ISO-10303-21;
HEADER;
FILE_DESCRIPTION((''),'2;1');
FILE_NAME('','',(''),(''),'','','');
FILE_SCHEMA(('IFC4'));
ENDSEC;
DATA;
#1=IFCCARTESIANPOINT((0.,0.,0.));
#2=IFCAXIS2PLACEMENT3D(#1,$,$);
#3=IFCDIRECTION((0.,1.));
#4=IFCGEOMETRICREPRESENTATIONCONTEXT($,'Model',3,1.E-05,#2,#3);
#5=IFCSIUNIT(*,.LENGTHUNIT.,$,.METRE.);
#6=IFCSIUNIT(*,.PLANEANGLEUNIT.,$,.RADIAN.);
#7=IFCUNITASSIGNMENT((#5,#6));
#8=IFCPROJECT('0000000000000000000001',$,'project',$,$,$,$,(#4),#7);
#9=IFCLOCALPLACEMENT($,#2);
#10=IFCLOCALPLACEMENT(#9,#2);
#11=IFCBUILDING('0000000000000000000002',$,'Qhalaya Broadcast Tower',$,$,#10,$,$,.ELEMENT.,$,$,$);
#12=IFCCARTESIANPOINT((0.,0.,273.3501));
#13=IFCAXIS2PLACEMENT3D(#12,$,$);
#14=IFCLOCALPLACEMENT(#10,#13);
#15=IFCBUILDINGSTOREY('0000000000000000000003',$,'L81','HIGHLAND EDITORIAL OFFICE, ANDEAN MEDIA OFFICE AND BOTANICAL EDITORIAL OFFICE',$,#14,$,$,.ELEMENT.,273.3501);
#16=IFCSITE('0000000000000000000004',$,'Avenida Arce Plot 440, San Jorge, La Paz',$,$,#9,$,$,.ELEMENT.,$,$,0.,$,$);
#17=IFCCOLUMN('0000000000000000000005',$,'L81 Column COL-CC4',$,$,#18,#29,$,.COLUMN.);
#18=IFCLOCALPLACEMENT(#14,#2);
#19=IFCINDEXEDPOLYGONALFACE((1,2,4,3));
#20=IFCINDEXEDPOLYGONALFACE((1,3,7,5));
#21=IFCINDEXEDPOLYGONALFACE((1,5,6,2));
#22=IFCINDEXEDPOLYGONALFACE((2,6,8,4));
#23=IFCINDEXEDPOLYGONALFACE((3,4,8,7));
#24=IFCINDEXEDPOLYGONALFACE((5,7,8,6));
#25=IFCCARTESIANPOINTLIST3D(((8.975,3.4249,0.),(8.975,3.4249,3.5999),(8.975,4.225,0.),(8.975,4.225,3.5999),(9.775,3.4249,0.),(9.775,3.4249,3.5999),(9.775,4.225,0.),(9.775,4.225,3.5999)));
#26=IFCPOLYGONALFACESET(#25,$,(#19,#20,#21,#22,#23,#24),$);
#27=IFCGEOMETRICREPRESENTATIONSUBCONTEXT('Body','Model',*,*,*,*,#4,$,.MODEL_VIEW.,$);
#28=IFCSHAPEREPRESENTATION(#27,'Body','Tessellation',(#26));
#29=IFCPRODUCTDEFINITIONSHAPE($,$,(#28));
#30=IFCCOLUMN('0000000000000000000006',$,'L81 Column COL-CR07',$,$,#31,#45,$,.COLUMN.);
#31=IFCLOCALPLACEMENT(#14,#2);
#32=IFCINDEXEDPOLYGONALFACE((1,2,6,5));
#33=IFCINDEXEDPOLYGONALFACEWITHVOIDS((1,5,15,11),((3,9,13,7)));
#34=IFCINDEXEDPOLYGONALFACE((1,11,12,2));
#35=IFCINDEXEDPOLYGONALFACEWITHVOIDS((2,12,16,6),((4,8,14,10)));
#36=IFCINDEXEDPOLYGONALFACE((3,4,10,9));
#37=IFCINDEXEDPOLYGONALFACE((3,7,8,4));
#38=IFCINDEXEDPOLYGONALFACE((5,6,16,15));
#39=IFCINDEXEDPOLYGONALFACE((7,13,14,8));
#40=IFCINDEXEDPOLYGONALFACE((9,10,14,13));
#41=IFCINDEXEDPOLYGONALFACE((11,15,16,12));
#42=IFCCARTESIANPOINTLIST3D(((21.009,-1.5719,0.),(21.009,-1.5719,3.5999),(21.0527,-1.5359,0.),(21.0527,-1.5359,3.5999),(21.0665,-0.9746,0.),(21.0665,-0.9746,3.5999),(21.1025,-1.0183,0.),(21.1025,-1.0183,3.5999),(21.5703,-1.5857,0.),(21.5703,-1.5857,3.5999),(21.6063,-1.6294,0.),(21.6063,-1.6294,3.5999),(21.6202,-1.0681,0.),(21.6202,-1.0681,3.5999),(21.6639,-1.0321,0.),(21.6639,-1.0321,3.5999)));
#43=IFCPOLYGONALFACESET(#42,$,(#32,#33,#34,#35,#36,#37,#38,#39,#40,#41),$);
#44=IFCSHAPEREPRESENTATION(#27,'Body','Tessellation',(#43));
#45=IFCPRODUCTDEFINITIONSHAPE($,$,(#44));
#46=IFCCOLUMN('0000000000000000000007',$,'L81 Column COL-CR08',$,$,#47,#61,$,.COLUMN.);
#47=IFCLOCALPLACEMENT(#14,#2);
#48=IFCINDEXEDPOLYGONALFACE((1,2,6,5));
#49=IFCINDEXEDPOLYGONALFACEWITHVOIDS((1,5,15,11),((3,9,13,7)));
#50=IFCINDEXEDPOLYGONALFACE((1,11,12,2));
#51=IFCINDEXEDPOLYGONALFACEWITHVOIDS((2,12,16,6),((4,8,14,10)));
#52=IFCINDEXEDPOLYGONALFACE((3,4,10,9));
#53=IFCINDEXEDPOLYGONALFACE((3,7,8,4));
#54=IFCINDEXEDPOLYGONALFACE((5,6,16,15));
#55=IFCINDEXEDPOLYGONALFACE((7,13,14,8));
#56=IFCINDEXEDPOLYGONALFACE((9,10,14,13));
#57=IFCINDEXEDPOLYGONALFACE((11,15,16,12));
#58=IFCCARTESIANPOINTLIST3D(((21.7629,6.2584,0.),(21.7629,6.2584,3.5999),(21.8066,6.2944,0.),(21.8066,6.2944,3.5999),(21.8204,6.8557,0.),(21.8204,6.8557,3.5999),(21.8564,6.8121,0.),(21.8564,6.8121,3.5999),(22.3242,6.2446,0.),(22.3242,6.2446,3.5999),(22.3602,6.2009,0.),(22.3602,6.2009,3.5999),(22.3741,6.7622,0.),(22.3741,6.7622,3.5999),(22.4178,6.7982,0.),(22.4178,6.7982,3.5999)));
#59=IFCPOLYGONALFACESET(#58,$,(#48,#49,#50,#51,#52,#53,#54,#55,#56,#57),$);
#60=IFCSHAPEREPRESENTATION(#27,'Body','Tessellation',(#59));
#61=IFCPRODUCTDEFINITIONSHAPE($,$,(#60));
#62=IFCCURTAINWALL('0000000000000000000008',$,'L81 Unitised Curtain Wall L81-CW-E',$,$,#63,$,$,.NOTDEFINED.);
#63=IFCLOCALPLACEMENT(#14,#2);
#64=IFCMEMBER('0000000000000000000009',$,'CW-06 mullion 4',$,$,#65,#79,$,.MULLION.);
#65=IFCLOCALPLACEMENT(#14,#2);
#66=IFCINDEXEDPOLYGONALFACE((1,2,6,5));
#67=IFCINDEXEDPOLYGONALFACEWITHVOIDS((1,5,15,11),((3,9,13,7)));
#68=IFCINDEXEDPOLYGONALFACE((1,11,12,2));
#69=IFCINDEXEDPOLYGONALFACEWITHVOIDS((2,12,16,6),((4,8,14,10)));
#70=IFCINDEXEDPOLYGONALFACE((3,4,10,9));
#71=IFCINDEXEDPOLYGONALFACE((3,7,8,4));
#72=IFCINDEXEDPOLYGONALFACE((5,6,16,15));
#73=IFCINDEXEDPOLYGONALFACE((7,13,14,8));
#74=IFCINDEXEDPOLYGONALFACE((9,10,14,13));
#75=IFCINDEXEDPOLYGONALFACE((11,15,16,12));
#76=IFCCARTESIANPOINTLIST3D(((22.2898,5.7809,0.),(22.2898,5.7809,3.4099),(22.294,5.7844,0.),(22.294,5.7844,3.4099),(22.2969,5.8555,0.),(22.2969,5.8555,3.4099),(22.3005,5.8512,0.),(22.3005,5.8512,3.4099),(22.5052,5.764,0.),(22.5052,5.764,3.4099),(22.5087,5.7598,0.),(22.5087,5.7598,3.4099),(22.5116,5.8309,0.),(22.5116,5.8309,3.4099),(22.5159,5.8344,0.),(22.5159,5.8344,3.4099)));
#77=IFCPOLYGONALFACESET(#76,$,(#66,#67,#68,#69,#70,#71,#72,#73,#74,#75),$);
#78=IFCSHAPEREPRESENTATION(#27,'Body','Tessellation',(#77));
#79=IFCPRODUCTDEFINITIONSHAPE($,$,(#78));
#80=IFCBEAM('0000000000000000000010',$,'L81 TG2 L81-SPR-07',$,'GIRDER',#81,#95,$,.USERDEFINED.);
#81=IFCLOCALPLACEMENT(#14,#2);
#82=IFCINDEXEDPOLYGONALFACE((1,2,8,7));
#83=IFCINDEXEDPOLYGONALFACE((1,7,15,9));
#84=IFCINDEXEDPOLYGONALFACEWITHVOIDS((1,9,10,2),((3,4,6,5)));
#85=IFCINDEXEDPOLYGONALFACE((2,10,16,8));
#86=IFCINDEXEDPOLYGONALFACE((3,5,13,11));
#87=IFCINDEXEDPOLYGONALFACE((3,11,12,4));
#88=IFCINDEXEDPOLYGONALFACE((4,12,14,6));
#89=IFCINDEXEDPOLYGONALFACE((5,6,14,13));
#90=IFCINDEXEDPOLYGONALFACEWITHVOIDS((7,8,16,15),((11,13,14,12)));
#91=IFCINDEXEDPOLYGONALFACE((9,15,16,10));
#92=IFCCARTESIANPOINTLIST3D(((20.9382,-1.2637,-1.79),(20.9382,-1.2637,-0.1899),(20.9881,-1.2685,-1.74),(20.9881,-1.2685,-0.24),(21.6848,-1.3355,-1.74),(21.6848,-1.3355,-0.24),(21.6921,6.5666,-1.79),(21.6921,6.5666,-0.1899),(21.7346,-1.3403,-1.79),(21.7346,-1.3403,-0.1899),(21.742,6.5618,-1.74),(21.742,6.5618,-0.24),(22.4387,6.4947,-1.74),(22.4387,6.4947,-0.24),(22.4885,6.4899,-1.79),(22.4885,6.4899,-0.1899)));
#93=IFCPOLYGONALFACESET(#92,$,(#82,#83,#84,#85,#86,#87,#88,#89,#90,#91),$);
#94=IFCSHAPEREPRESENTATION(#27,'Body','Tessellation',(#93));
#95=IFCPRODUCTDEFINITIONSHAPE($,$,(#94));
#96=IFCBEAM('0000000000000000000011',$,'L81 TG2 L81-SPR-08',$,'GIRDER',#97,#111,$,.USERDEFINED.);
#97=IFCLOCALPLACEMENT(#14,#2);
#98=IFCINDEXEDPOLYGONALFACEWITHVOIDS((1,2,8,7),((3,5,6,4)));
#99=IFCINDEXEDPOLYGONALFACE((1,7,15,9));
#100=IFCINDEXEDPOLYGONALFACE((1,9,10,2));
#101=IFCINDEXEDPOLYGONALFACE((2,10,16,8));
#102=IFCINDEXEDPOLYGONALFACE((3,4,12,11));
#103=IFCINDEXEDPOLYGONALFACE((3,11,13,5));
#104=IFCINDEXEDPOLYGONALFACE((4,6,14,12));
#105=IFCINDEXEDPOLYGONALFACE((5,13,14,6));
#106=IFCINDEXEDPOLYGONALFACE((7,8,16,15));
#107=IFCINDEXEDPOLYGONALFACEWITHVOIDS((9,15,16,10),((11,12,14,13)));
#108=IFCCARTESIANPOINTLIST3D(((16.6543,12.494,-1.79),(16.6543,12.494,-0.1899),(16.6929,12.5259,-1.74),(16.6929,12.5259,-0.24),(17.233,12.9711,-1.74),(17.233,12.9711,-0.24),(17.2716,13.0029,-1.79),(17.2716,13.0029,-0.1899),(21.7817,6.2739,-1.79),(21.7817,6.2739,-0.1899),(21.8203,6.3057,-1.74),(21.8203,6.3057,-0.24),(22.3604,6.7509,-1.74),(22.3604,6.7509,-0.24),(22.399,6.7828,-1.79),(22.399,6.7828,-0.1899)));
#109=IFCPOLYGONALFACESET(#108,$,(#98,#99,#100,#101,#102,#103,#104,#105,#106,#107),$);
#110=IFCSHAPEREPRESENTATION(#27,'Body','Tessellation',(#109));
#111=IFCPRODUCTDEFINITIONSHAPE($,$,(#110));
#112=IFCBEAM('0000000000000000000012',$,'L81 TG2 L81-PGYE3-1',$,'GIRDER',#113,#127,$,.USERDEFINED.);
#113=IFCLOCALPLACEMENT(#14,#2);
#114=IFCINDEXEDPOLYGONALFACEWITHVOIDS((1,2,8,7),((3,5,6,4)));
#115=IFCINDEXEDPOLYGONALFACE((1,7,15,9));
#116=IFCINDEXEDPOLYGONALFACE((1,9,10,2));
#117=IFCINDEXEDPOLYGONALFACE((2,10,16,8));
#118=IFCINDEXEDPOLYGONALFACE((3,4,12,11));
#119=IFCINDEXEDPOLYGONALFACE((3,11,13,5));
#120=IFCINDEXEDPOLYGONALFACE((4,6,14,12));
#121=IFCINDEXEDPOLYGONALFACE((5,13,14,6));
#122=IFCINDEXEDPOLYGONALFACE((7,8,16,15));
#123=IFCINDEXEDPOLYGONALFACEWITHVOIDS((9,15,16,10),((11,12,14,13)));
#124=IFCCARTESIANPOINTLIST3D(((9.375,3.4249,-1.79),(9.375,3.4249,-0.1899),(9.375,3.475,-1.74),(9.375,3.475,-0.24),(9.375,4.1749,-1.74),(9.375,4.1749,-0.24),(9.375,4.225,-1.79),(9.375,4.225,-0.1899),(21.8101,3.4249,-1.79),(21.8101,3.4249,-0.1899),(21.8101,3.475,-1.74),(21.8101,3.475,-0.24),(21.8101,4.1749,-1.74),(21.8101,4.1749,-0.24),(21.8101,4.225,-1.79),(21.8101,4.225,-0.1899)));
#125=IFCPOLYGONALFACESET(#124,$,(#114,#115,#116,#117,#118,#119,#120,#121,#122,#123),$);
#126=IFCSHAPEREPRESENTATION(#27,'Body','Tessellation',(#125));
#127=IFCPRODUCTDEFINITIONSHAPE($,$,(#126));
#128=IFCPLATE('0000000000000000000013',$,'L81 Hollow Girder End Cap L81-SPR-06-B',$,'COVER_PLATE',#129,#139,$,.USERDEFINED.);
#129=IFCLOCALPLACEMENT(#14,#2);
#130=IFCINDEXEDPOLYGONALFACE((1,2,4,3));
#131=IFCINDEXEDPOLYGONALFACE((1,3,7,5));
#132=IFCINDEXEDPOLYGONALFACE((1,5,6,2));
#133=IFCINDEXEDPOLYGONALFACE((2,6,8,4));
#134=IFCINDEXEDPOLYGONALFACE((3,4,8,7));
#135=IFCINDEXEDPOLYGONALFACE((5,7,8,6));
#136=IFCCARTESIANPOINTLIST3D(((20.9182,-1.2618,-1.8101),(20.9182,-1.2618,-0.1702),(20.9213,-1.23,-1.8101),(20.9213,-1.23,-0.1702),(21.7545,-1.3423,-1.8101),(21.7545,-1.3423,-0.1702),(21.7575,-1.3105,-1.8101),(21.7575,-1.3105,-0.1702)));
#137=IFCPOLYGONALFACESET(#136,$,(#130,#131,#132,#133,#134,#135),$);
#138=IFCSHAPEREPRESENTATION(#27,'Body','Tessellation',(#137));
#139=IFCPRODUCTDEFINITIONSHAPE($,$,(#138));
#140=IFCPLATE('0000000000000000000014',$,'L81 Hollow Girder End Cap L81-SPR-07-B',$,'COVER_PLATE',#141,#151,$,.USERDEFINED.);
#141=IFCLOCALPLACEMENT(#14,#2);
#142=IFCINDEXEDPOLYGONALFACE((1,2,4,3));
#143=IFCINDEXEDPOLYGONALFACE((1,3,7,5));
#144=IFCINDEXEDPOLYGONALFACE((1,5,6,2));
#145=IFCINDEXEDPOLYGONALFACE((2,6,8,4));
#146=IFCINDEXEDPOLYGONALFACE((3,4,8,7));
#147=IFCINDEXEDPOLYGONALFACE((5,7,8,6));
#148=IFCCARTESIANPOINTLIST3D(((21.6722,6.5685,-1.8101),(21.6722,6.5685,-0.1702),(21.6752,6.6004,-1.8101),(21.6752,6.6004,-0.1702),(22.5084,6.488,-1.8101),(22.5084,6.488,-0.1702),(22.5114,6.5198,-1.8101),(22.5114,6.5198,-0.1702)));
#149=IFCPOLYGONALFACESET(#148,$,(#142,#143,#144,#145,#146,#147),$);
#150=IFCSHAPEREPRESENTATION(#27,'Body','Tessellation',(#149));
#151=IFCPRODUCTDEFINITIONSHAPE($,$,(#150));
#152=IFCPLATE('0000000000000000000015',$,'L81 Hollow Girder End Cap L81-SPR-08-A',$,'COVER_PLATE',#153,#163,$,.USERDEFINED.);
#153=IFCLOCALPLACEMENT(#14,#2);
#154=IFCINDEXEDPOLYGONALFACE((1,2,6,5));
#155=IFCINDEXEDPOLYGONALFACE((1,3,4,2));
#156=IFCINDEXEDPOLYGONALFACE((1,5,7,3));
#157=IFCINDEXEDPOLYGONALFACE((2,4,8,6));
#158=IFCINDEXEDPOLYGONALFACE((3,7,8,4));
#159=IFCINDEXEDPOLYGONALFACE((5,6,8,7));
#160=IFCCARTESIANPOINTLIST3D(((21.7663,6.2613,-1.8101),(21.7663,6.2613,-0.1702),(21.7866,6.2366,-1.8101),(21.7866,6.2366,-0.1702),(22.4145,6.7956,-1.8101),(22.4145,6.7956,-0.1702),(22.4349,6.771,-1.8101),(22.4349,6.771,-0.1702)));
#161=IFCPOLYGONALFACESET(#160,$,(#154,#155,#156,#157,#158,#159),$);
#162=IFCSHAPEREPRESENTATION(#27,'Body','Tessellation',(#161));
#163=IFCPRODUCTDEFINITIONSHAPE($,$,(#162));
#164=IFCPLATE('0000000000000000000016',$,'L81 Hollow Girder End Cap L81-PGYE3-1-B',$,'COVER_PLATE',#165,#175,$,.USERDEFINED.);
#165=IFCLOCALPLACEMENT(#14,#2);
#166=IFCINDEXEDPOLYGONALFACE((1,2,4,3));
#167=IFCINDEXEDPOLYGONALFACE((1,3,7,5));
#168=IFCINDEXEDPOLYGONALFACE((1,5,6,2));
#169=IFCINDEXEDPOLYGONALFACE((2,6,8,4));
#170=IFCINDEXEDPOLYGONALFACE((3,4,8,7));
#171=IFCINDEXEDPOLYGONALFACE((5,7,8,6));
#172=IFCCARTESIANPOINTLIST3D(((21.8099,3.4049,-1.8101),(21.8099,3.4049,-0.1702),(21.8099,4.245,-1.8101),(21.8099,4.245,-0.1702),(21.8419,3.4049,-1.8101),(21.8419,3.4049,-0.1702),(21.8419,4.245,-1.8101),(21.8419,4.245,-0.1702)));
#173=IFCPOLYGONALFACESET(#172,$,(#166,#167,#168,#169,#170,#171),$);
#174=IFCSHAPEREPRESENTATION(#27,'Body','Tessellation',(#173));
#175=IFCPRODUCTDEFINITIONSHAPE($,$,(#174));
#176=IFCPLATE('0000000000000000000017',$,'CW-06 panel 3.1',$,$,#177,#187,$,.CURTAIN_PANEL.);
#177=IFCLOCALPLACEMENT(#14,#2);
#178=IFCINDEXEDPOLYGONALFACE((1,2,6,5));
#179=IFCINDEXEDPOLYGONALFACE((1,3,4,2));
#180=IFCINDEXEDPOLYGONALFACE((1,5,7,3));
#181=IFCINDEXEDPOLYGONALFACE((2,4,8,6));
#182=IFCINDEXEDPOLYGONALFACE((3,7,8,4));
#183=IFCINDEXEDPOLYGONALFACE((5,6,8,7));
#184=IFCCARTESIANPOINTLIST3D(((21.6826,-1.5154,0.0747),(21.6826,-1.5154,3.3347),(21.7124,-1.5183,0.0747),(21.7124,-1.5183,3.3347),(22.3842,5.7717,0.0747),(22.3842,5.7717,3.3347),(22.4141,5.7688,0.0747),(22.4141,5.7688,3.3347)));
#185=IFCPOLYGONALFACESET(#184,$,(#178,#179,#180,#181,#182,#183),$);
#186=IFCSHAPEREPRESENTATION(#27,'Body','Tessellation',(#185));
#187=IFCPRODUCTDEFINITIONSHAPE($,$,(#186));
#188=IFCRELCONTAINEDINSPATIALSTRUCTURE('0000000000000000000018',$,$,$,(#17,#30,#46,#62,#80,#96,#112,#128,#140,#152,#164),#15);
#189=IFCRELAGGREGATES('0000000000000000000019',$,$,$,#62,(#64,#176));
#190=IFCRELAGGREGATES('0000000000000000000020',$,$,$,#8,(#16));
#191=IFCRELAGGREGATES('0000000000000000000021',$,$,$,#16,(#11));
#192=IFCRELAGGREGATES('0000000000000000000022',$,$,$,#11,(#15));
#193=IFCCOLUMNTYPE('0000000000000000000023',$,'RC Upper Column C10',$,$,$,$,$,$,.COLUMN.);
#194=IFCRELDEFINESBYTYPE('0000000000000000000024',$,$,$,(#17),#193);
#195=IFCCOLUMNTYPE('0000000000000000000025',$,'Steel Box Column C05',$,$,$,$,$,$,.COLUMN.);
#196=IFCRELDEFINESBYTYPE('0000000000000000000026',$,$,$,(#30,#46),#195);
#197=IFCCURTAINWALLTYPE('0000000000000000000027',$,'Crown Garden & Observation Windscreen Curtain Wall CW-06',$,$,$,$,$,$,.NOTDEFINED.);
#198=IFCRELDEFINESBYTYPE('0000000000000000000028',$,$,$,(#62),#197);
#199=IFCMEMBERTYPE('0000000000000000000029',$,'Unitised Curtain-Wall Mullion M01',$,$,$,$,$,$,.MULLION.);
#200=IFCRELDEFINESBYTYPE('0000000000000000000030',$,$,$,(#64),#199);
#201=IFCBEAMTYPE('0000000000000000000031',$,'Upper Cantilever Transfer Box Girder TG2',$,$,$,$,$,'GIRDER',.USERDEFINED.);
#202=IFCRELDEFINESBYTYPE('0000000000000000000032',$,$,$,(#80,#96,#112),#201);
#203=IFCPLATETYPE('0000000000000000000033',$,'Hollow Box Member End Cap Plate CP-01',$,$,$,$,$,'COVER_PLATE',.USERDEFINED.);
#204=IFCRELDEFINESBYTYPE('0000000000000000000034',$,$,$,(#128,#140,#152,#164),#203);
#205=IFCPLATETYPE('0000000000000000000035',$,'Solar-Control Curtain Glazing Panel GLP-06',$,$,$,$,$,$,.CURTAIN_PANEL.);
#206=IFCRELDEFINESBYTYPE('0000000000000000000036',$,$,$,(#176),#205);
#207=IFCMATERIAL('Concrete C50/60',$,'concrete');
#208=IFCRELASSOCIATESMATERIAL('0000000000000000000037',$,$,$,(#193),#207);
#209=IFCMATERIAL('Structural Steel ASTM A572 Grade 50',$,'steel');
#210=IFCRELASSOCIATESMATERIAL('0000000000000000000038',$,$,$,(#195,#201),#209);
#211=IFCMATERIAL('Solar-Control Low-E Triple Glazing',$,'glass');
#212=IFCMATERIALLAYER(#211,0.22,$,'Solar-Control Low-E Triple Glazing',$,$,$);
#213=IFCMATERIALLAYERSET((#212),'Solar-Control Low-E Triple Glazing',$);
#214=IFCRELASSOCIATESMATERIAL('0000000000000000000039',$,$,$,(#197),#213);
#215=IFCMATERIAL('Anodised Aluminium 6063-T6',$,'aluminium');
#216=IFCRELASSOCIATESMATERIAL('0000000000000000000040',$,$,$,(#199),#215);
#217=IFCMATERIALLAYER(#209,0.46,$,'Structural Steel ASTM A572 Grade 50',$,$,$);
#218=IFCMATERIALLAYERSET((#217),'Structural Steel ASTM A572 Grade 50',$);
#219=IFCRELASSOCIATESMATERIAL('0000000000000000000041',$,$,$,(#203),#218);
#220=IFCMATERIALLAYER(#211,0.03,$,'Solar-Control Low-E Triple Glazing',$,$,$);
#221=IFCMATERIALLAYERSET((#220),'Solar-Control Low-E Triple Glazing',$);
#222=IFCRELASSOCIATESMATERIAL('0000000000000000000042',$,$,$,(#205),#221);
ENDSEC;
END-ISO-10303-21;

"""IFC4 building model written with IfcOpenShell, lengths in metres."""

from ifc_helpers import new_model, si_unit, direction, frame, origin, origin_2d, place, context, subcontext, project, spatial, rectangle, hollow_rectangle, extrude, material, layer, layer_set, material_profile, profile_set, type_object, element, aggregate, save


model = new_model("IFC4")

# Units and contexts
model_context = context("Model", 3, precision=1e-05, world=origin(), true_north=direction((0.0, 1.0)))
body_context = subcontext(model_context, "Body", "Model", "MODEL_VIEW")
ifc_project = project(units=[si_unit("LENGTHUNIT", "METRE"), si_unit("PLANEANGLEUNIT", "RADIAN")], contexts=[model_context])

# Site, building, storey
site_placement = place(None, origin())
site = spatial("IfcSite", under=ifc_project, at=site_placement, Name="Avenida Arce Plot 440, San Jorge, La Paz", CompositionType="ELEMENT", RefElevation=0.0)
building_placement = place(site_placement, origin())
building = spatial("IfcBuilding", under=site, at=building_placement, Name="Qhalaya Broadcast Tower", CompositionType="ELEMENT")
storey_placement = place(building_placement, frame((0.0, 0.0, 273.3501)))
storey = spatial("IfcBuildingStorey", under=building, at=storey_placement, Name="L81", Description="HIGHLAND EDITORIAL OFFICE, ANDEAN MEDIA OFFICE AND BOTANICAL EDITORIAL OFFICE", CompositionType="ELEMENT", Elevation=273.3501)

# Columns
ifc_material_1 = material(Name="Concrete C50/60", Category="concrete")
ifc_material_profile_1 = material_profile(ifc_material_1, rectangle(XDim=0.8, YDim=0.8, at=origin_2d()), Name="RC-COL 800x800")
ifc_profile_set_1 = profile_set([ifc_material_profile_1], Name="Concrete C50/60")
column_type_1 = type_object("IfcColumnType", Name="RC Upper Column C10", PredefinedType="COLUMN", material=ifc_profile_set_1)
column_placement = place(storey_placement, frame((9.375, 3.825, 0.0), z_axis=(0.0, 0.0, 1.0), x_axis=(1.0, 0.0, 0.0)))
element("IfcColumn", 1, at=column_placement, inside=storey, type_object=column_type_1, Name="L81 Column COL-CC4", PredefinedType="COLUMN", context=body_context, shape_type="SweptSolid", body=[
    extrude(rectangle(XDim=0.8, YDim=0.8, at=origin_2d()), origin(), (0.0, 0.0, 1.0), 3.5999),
])
ifc_material_2 = material(Name="Structural Steel ASTM A572 Grade 50", Category="steel")
ifc_material_profile_2 = material_profile(ifc_material_2, hollow_rectangle(XDim=0.6001, YDim=0.6001, WallThickness=0.04, at=origin_2d()), Name="BOX 600x600x40")
ifc_profile_set_2 = profile_set([ifc_material_profile_2], Name="Structural Steel ASTM A572 Grade 50")
column_type_2 = type_object("IfcColumnType", Name="Steel Box Column C05", PredefinedType="COLUMN", material=ifc_profile_set_2)
for number, where, z_axis, x_axis, name in (
    (2, (21.3364, -1.302, 0.0), (0.0, 0.0, 1.0), (0.095846, 0.995396, 0.0), "L81 Column COL-CR07"),
    (3, (22.0903, 6.5283, 0.0), (0.0, 0.0, 1.0), (0.095846, 0.995396, 0.0), "L81 Column COL-CR08"),
):
    element("IfcColumn", number, at=place(storey_placement, frame(where, z_axis=z_axis, x_axis=x_axis)), inside=storey, type_object=column_type_2, Name=name, PredefinedType="COLUMN", context=body_context, shape_type="SweptSolid", body=[
        extrude(hollow_rectangle(XDim=0.6001, YDim=0.6001, WallThickness=0.04, at=origin_2d()), origin(), (0.0, 0.0, 1.0), 3.5999),
    ])

# Curtain wall, member
ifc_material_3 = material(Name="Solar-Control Low-E Triple Glazing", Category="glass")
ifc_layer_1 = layer(ifc_material_3, 0.22, Name="Solar-Control Low-E Triple Glazing")
ifc_layer_set_1 = layer_set([ifc_layer_1], Name="Solar-Control Low-E Triple Glazing")
curtain_wall_type = type_object("IfcCurtainWallType", Name="Crown Garden & Observation Windscreen Curtain Wall CW-06", PredefinedType="NOTDEFINED", material=ifc_layer_set_1)
curtain_wall_placement = place(storey_placement, origin())
curtain_wall = element("IfcCurtainWall", 4, at=curtain_wall_placement, inside=storey, type_object=curtain_wall_type, Name="L81 Unitised Curtain Wall L81-CW-E", PredefinedType="NOTDEFINED")
ifc_material_4 = material(Name="Anodised Aluminium 6063-T6", Category="aluminium")
ifc_material_profile_3 = material_profile(ifc_material_4, hollow_rectangle(XDim=0.075, YDim=0.22, WallThickness=0.0039, at=origin_2d()), Name="ALU-MUL 75x220x4")
ifc_profile_set_3 = profile_set([ifc_material_profile_3], Name="Anodised Aluminium 6063-T6")
member_type = type_object("IfcMemberType", Name="Unitised Curtain-Wall Mullion M01", PredefinedType="MULLION", material=ifc_profile_set_3)
member_placement = place(storey_placement, frame((22.4028, 5.8076, 0.0), z_axis=(0.0, 0.0, 1.0), x_axis=(0.095848, 0.995396, 0.0)))
member = element("IfcMember", 5, at=member_placement, type_object=member_type, Name="CW-06 mullion 4", PredefinedType="MULLION", context=body_context, shape_type="SweptSolid", body=[
    extrude(hollow_rectangle(XDim=0.075, YDim=0.22, WallThickness=0.0039, at=origin_2d()), origin(), (0.0, 0.0, 1.0), 3.4099),
])

# Beams
ifc_material_profile_4 = material_profile(ifc_material_2, hollow_rectangle(XDim=0.8, YDim=1.6001, WallThickness=0.05, at=origin_2d()), Name="BOX 800x1600x50")
ifc_profile_set_4 = profile_set([ifc_material_profile_4], Name="Structural Steel ASTM A572 Grade 50")
beam_type = type_object("IfcBeamType", Name="Upper Cantilever Transfer Box Girder TG2", ElementType="GIRDER", PredefinedType="USERDEFINED", material=ifc_profile_set_4)
beam_1_placement = place(storey_placement, frame((21.3364, -1.302, -0.99), z_axis=(0.095837, 0.995397, 0.0), x_axis=(-0.995397, 0.095837, 0.0)))
element("IfcBeam", 6, at=beam_1_placement, inside=storey, type_object=beam_type, Name="L81 TG2 L81-SPR-07", ObjectType="GIRDER", PredefinedType="USERDEFINED", context=body_context, shape_type="SweptSolid", body=[
    extrude(hollow_rectangle(XDim=0.8, YDim=1.6001, WallThickness=0.05, at=origin_2d()), origin(), (0.0, 0.0, 1.0), 7.8665),
])
beam_2_placement = place(storey_placement, frame((22.0903, 6.5283, -0.99), z_axis=(-0.63607, 0.771631, 0.0), x_axis=(-0.771631, -0.63607, 0.0)))
element("IfcBeam", 7, at=beam_2_placement, inside=storey, type_object=beam_type, Name="L81 TG2 L81-SPR-08", ObjectType="GIRDER", PredefinedType="USERDEFINED", context=body_context, shape_type="SweptSolid", body=[
    extrude(hollow_rectangle(XDim=0.8, YDim=1.6001, WallThickness=0.05, at=origin_2d()), origin(), (0.0, 0.0, 1.0), 8.061),
])
beam_3_placement = place(storey_placement, frame((9.375, 3.825, -0.99), z_axis=(1.0, 0.0, 0.0), x_axis=(0.0, 1.0, 0.0)))
element("IfcBeam", 8, at=beam_3_placement, inside=storey, type_object=beam_type, Name="L81 TG2 L81-PGYE3-1", ObjectType="GIRDER", PredefinedType="USERDEFINED", context=body_context, shape_type="SweptSolid", body=[
    extrude(hollow_rectangle(XDim=0.8, YDim=1.6001, WallThickness=0.05, at=origin_2d()), origin(), (0.0, 0.0, 1.0), 12.4351),
])

# Plates
ifc_layer_2 = layer(ifc_material_2, 0.46, Name="Structural Steel ASTM A572 Grade 50")
ifc_layer_set_2 = layer_set([ifc_layer_2], Name="Structural Steel ASTM A572 Grade 50")
plate_type_1 = type_object("IfcPlateType", Name="Hollow Box Member End Cap Plate CP-01", ElementType="COVER_PLATE", PredefinedType="USERDEFINED", material=ifc_layer_set_2)
for number, where, z_axis, x_axis, name in (
    (9, (21.3379, -1.2861, -1.8101), (0.0, 0.0, 1.0), (-0.995396, 0.095846, 0.0), "L81 Hollow Girder End Cap L81-SPR-06-B"),
    (10, (22.0918, 6.5442, -1.8101), (0.0, 0.0, 1.0), (-0.995396, 0.095846, 0.0), "L81 Hollow Girder End Cap L81-SPR-07-B"),
    (11, (22.1006, 6.5161, -1.8101), (0.0, 0.0, 1.0), (-0.771625, -0.636078, 0.0), "L81 Hollow Girder End Cap L81-SPR-08-A"),
    (12, (21.8259, 3.825, -1.8101), (0.0, 0.0, 1.0), (0.0, 1.0, 0.0), "L81 Hollow Girder End Cap L81-PGYE3-1-B"),
):
    element("IfcPlate", number, at=place(storey_placement, frame(where, z_axis=z_axis, x_axis=x_axis)), inside=storey, type_object=plate_type_1, Name=name, ObjectType="COVER_PLATE", PredefinedType="USERDEFINED", context=body_context, shape_type="SweptSolid", body=[
        extrude(rectangle(XDim=0.8401, YDim=0.032, at=origin_2d()), origin(), (0.0, 0.0, 1.0), 1.6399),
    ])

# Plate
ifc_layer_3 = layer(ifc_material_3, 0.03, Name="Solar-Control Low-E Triple Glazing")
ifc_layer_set_3 = layer_set([ifc_layer_3], Name="Solar-Control Low-E Triple Glazing")
plate_type_2 = type_object("IfcPlateType", Name="Solar-Control Curtain Glazing Panel GLP-06", PredefinedType="CURTAIN_PANEL", material=ifc_layer_set_3)
plate_placement = place(storey_placement, frame((22.0483, 2.1267, 0.0747), z_axis=(0.0, 0.0, 1.0), x_axis=(0.095848, 0.995396, 0.0)))
plate = element("IfcPlate", 13, at=plate_placement, type_object=plate_type_2, Name="CW-06 panel 3.1", PredefinedType="CURTAIN_PANEL", context=body_context, shape_type="SweptSolid", body=[
    extrude(rectangle(XDim=7.3208, YDim=0.03, at=origin_2d()), origin(), (0.0, 0.0, 1.0), 3.26),
])
aggregate(curtain_wall, [member, plate])

save(model, "model.ifc")
